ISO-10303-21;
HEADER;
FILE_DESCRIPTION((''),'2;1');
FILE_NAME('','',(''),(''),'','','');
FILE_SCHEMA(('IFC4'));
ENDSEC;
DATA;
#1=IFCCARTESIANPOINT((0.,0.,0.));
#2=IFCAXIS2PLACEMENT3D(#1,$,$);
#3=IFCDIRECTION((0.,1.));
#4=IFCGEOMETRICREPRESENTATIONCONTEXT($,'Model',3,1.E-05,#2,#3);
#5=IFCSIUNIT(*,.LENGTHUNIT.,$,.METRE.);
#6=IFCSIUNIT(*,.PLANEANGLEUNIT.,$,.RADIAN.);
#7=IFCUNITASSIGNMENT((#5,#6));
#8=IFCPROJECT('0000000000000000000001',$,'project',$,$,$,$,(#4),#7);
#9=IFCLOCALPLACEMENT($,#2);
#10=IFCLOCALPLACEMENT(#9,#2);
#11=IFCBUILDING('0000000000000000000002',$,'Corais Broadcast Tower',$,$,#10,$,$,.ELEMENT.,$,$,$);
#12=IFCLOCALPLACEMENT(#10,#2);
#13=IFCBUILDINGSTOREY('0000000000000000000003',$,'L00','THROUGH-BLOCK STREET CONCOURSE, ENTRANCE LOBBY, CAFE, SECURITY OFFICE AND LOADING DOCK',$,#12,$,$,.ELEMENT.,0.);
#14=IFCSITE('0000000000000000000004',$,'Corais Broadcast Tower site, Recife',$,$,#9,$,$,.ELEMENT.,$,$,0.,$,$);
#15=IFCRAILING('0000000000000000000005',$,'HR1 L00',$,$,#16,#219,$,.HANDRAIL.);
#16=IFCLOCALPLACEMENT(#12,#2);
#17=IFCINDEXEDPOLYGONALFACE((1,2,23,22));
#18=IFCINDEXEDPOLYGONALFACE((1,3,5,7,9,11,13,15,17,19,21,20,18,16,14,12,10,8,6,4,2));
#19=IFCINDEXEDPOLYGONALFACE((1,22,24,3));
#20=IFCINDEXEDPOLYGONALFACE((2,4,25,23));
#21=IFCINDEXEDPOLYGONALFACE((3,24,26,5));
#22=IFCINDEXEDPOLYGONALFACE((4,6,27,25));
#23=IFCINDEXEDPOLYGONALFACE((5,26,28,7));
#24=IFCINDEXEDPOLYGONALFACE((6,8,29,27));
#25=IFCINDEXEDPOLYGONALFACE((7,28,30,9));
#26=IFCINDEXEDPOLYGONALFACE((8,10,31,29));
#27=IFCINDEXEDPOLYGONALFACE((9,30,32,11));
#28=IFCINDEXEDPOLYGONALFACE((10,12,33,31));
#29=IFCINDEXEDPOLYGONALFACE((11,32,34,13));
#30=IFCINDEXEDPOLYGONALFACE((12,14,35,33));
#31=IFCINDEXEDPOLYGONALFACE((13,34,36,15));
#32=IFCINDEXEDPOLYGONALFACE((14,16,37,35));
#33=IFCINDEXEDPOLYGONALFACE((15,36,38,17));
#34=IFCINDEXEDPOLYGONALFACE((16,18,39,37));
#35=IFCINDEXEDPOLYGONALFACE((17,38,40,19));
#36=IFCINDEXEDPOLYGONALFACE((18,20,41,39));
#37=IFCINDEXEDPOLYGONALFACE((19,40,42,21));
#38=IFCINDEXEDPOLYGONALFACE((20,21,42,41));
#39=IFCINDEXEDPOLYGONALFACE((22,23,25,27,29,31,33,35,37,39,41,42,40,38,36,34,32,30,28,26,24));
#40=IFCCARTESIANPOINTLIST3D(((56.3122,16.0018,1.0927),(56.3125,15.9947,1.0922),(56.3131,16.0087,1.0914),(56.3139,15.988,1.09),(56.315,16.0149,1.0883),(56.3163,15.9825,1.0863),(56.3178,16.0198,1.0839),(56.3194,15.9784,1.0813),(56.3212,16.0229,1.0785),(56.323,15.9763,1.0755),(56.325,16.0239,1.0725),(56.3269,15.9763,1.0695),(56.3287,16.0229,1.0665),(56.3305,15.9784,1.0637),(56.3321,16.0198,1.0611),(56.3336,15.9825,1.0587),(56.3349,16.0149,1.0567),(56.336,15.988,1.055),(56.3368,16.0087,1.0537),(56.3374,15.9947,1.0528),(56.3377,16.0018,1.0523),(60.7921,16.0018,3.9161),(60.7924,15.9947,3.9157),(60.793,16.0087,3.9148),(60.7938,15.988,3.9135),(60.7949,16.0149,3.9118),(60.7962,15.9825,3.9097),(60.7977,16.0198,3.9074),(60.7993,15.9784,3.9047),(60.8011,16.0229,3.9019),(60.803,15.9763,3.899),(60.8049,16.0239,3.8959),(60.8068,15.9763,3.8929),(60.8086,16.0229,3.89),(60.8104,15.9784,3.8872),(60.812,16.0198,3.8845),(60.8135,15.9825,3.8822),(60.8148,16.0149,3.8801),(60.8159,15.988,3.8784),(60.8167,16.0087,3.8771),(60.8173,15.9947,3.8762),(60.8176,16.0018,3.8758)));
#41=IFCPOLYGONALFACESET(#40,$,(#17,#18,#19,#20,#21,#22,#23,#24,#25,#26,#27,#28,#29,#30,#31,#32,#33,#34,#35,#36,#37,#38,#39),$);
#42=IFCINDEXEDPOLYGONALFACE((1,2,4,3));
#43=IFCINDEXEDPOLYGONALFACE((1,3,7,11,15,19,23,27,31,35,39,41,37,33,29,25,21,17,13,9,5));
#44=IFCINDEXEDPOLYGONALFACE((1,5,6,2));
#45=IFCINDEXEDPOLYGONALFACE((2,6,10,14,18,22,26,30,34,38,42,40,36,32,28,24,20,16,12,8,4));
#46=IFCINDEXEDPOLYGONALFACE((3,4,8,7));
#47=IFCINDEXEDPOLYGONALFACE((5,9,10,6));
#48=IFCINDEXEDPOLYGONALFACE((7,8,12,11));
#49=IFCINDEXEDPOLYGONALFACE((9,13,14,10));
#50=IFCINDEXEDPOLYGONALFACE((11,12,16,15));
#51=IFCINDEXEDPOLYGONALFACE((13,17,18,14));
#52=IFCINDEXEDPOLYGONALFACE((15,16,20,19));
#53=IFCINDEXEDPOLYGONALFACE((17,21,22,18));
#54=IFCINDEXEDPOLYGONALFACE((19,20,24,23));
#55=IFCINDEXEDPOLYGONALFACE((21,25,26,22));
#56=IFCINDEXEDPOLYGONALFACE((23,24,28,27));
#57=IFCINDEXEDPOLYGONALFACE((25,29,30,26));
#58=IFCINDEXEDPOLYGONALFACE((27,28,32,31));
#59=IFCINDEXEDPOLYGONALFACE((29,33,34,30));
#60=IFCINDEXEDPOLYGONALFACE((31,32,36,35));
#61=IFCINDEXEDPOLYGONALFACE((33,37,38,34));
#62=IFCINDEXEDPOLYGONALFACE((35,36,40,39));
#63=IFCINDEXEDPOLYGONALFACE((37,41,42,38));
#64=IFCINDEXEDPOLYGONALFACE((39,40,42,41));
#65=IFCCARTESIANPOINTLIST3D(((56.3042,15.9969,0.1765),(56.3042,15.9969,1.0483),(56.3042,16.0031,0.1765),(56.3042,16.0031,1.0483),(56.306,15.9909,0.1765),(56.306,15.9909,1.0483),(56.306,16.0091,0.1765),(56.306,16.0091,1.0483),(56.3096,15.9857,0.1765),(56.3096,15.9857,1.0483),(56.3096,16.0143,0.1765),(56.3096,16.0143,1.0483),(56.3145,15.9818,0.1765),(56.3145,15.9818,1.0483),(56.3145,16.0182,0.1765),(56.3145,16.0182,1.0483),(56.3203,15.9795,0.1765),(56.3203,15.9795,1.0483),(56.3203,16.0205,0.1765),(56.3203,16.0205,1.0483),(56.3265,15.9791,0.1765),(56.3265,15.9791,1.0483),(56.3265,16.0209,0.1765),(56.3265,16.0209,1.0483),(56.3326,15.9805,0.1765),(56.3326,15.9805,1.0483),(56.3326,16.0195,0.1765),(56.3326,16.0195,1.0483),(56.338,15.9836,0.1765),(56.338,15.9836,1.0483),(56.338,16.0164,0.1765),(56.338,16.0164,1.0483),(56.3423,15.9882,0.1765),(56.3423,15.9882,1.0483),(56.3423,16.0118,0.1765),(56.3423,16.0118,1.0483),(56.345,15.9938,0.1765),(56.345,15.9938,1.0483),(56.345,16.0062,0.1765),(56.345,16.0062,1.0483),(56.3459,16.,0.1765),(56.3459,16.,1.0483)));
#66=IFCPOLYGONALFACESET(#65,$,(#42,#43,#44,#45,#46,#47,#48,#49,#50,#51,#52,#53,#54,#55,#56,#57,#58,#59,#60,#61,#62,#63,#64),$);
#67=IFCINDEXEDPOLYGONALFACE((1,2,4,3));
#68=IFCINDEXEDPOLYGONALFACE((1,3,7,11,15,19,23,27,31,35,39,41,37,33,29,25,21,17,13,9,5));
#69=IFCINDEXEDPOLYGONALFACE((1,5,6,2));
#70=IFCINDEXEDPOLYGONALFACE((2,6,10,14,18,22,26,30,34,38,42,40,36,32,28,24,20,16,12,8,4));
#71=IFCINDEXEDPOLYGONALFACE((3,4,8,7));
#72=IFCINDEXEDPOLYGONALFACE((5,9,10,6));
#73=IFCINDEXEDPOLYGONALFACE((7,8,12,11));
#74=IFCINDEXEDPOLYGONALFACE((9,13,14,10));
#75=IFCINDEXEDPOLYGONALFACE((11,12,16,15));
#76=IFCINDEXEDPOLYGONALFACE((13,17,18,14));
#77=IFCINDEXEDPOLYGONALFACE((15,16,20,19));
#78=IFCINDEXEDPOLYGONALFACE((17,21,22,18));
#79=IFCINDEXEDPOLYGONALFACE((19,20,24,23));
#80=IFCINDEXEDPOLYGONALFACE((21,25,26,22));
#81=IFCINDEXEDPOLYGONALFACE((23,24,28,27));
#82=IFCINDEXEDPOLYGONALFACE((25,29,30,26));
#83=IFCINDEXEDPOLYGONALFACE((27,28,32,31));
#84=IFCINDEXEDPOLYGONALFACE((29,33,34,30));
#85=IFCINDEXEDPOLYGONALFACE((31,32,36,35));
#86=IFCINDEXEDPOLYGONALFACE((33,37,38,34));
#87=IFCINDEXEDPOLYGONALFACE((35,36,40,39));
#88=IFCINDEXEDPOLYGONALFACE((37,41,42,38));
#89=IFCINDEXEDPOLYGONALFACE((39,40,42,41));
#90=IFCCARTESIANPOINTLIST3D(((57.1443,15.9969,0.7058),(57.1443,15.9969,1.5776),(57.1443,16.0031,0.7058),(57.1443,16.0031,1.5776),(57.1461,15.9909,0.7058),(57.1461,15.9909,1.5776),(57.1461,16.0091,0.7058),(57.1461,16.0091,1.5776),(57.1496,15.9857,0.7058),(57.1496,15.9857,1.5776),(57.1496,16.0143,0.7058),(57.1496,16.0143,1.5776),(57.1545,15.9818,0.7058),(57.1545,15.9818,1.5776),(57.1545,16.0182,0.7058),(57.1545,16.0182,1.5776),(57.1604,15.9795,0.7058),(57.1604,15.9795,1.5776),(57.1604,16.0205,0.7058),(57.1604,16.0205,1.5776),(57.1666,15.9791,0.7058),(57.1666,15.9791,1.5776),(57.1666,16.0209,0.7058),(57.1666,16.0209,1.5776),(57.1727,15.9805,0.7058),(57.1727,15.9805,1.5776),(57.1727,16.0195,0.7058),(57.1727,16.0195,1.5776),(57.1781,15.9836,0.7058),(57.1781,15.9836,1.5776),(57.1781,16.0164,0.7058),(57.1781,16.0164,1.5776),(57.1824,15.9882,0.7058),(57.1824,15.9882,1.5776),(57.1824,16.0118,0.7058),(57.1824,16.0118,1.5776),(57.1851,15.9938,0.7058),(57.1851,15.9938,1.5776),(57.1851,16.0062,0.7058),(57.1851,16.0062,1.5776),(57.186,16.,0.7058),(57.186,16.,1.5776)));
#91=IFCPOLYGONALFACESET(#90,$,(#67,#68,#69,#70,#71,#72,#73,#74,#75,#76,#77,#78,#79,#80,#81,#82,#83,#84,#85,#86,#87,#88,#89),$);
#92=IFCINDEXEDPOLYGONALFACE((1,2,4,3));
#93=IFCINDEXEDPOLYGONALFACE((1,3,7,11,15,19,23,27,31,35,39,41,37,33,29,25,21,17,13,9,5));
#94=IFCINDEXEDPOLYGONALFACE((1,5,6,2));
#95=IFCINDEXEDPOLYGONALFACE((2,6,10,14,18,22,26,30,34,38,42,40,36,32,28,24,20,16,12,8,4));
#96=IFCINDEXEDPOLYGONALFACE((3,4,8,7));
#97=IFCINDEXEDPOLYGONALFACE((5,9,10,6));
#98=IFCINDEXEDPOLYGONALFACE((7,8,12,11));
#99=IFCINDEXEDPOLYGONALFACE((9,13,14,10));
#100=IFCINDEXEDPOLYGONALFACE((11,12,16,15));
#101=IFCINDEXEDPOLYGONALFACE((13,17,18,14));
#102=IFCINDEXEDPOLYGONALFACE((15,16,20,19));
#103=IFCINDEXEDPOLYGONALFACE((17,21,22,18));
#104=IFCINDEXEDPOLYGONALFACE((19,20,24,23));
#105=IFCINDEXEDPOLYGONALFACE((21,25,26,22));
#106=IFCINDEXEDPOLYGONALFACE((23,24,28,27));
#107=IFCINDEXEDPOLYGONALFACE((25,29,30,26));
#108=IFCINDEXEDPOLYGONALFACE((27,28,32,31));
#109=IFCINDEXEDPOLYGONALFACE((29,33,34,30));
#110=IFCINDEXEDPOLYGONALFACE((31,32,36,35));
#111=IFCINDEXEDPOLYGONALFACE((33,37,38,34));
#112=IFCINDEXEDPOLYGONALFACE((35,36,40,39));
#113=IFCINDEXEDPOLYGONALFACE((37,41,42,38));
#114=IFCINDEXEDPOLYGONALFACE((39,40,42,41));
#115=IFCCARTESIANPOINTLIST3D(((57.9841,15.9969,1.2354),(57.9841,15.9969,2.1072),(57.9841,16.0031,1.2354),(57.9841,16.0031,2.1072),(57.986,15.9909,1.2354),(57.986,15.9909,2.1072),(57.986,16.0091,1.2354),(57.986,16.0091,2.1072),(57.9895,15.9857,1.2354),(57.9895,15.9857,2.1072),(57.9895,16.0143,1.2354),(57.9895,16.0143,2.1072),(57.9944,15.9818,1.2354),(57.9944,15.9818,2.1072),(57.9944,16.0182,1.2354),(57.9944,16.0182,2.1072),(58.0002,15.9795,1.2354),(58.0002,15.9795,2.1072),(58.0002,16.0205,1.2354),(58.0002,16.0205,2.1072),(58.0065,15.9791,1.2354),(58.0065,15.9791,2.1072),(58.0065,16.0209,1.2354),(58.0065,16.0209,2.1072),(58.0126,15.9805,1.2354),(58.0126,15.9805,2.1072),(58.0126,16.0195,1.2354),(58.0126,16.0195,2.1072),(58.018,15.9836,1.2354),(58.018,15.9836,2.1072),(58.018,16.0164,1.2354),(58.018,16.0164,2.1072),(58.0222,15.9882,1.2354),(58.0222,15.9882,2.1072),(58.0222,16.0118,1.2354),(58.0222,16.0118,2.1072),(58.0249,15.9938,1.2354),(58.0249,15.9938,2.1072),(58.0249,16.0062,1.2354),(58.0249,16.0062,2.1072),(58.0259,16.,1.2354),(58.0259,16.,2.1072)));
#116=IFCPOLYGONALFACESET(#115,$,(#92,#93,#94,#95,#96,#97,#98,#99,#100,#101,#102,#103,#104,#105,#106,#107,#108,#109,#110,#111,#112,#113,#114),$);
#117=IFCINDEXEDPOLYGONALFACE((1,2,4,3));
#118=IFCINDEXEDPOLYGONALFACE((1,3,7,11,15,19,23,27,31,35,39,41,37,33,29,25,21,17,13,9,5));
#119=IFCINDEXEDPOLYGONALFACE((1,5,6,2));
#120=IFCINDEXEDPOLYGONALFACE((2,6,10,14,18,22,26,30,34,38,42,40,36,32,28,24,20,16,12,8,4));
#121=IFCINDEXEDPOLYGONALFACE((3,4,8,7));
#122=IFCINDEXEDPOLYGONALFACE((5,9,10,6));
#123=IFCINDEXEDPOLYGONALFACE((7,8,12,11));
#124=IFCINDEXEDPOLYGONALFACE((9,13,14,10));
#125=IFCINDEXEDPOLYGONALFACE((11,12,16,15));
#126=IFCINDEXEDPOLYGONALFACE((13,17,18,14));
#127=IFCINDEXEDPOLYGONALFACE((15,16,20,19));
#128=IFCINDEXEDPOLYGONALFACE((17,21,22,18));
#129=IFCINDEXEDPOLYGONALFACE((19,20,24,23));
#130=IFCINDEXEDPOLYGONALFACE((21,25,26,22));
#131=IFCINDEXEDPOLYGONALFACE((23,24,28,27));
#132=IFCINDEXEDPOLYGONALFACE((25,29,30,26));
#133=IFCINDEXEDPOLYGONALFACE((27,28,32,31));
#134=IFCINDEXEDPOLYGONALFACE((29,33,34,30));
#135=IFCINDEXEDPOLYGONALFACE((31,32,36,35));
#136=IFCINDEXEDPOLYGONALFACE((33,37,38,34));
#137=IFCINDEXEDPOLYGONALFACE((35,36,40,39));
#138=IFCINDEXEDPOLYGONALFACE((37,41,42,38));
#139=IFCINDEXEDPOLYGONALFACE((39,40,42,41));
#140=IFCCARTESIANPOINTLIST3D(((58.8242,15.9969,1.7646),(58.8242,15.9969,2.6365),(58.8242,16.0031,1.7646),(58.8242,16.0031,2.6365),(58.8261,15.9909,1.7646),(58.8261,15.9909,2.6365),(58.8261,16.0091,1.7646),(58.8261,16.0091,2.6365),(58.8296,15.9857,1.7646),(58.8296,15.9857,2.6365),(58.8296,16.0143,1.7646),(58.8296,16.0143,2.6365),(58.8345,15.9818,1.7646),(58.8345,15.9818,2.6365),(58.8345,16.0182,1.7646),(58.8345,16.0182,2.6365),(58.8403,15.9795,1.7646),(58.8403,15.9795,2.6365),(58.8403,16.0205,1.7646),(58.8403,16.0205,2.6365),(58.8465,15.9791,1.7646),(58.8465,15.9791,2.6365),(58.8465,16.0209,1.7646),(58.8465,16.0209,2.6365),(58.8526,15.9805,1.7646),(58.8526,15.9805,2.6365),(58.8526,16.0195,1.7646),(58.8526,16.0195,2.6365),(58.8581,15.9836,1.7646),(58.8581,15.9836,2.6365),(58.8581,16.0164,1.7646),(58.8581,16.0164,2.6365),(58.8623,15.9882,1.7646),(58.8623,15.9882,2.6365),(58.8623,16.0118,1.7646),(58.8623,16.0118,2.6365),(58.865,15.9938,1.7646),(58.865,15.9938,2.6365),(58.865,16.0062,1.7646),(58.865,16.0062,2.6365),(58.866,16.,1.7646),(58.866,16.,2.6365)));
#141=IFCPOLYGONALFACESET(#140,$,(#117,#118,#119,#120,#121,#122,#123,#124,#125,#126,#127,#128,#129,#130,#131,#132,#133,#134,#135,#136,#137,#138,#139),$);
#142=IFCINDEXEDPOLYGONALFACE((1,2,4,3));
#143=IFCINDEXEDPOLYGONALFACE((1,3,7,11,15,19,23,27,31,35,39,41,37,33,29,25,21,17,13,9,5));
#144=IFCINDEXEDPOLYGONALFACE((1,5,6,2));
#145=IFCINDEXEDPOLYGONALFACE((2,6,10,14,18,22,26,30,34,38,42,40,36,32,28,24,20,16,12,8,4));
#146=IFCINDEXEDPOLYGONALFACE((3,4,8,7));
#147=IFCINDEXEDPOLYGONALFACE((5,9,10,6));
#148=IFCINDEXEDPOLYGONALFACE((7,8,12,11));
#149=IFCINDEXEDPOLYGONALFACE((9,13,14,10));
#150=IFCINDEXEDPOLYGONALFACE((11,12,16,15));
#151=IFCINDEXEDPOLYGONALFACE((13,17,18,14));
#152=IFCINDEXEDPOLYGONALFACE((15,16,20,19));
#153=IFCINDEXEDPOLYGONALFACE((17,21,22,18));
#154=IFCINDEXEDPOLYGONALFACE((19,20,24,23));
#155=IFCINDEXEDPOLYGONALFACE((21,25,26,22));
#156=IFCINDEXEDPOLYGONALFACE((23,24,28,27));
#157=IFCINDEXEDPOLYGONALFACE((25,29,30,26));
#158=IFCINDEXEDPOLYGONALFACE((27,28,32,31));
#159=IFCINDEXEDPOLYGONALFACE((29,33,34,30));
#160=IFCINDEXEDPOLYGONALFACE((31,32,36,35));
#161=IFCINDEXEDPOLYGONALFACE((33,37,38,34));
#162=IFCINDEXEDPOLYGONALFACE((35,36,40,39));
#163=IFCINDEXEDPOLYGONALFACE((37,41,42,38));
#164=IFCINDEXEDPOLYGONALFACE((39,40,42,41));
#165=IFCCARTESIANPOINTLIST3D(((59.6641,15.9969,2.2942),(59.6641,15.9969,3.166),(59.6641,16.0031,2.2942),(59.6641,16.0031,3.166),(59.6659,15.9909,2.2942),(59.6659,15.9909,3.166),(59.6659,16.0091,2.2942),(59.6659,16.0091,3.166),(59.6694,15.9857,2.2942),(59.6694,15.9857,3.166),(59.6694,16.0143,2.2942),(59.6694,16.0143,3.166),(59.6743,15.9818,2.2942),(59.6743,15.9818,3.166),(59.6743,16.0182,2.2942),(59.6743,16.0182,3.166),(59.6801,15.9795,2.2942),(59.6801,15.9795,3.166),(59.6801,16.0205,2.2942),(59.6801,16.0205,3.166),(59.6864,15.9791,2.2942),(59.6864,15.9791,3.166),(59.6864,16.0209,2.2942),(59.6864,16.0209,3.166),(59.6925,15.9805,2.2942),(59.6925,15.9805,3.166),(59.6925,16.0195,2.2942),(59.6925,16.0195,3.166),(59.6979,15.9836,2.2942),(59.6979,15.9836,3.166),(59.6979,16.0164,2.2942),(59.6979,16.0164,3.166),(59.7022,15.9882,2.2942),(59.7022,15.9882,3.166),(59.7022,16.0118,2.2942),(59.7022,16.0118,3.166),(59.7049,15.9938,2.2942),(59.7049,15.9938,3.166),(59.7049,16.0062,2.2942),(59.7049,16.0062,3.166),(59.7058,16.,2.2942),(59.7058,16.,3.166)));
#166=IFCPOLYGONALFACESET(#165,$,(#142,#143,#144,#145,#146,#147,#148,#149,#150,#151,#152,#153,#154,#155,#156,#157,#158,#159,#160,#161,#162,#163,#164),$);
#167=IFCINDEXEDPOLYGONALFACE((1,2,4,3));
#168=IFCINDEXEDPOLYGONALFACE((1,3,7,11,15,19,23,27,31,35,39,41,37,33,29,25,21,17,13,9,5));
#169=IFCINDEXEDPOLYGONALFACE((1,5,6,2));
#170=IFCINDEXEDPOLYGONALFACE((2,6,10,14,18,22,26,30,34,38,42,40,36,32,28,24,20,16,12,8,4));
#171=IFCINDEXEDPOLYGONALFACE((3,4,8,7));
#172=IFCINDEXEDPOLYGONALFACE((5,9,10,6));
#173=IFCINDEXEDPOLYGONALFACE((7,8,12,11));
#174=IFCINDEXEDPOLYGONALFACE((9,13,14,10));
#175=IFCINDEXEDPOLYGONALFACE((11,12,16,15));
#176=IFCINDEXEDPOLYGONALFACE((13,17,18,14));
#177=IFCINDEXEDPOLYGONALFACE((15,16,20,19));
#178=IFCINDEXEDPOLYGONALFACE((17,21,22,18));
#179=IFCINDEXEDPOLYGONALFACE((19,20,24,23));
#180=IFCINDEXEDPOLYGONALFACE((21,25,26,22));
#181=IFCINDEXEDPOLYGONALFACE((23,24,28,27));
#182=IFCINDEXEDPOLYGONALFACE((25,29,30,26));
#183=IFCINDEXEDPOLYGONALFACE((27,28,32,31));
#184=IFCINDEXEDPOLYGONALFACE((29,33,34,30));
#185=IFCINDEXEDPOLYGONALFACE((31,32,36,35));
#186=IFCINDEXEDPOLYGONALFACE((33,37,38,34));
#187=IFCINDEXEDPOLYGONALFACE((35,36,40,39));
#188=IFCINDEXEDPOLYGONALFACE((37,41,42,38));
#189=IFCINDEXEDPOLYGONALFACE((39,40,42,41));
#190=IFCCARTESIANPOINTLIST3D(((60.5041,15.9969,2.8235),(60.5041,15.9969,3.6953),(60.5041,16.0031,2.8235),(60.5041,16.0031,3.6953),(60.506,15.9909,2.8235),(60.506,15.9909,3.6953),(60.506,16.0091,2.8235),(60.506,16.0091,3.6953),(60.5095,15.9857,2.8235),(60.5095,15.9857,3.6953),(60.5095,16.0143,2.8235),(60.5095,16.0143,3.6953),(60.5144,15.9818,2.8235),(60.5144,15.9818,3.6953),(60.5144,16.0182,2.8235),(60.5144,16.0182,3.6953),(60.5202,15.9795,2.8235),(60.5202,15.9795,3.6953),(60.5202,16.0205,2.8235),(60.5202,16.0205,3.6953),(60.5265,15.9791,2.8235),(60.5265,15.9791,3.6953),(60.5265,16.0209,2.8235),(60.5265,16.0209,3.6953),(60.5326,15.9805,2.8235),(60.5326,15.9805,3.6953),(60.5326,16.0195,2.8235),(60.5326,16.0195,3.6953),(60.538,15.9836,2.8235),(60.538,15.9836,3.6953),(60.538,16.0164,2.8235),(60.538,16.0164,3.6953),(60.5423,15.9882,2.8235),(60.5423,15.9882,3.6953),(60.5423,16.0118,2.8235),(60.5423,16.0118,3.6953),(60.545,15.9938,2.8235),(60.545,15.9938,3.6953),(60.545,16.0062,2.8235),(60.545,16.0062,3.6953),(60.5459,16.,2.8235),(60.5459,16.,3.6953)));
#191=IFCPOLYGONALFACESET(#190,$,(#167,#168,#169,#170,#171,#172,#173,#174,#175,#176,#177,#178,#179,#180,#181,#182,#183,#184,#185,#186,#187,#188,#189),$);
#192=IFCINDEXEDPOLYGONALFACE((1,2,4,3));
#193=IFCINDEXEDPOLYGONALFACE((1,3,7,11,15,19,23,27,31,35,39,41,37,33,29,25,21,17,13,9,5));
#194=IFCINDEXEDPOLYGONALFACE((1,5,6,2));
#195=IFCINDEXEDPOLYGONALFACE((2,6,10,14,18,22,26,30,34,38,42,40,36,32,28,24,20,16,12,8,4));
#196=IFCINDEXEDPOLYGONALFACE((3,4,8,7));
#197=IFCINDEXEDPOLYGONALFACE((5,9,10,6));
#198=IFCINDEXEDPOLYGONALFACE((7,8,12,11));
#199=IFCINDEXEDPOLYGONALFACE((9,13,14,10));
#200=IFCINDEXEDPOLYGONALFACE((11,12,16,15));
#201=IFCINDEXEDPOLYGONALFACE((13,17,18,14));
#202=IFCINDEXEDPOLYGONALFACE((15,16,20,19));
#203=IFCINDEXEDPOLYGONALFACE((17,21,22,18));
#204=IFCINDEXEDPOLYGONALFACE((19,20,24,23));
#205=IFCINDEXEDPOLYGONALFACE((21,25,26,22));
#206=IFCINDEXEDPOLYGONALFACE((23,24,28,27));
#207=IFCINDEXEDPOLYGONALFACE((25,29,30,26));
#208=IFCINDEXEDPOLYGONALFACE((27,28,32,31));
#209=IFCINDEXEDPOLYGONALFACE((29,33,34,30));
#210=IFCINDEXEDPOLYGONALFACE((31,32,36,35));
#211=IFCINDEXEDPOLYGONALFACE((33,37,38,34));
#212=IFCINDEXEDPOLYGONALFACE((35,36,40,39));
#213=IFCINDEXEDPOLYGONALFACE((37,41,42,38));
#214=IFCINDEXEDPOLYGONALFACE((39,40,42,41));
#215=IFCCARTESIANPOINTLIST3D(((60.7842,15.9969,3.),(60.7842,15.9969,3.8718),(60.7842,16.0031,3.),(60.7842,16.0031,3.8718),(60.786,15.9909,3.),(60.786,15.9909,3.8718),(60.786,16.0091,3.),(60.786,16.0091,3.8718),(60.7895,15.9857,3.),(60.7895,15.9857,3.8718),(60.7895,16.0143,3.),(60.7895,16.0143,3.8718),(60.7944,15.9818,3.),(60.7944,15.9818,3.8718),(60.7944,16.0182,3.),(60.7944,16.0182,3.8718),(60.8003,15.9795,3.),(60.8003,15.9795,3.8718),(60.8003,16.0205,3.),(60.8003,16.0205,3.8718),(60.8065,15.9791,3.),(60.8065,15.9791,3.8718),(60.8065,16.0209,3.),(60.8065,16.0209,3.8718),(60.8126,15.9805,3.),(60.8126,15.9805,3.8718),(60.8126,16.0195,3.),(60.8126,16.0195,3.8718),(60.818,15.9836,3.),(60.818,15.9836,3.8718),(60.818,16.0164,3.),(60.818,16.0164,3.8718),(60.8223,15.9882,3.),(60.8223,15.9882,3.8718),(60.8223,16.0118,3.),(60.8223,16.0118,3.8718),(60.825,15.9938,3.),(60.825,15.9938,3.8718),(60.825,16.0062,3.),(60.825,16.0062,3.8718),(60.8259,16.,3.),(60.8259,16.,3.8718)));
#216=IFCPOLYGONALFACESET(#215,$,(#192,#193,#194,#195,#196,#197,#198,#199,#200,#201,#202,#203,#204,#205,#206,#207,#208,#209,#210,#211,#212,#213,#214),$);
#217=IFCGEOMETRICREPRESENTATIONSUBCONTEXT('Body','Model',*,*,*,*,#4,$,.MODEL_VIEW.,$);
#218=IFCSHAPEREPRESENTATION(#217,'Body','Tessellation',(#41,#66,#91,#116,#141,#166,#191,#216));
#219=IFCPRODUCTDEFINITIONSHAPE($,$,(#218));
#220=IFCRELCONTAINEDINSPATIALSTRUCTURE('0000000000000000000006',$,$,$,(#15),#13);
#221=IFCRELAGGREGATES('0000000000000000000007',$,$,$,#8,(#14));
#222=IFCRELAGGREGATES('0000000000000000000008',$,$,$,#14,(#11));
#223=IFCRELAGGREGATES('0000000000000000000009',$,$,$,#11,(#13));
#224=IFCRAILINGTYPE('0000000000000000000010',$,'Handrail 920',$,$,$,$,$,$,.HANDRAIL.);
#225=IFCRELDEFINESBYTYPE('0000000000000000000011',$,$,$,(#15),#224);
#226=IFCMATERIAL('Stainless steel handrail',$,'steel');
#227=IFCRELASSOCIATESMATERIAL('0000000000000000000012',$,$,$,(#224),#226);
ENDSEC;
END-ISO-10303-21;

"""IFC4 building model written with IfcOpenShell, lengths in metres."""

from ifc_helpers import new_model, si_unit, direction, frame, origin, origin_2d, place, context, subcontext, project, spatial, circle, extrude, material, type_object, element, save


model = new_model("IFC4")

# Units and contexts
model_context = context("Model", 3, precision=1e-05, world=origin(), true_north=direction((0.0, 1.0)))
body_context = subcontext(model_context, "Body", "Model", "MODEL_VIEW")
ifc_project = project(units=[si_unit("LENGTHUNIT", "METRE"), si_unit("PLANEANGLEUNIT", "RADIAN")], contexts=[model_context])

# Site, building, storey
site_placement = place(None, origin())
site = spatial("IfcSite", under=ifc_project, at=site_placement, Name="Corais Broadcast Tower site, Recife", CompositionType="ELEMENT", RefElevation=0.0)
building_placement = place(site_placement, origin())
building = spatial("IfcBuilding", under=site, at=building_placement, Name="Corais Broadcast Tower", CompositionType="ELEMENT")
storey_placement = place(building_placement, origin())
storey = spatial("IfcBuildingStorey", under=building, at=storey_placement, Name="L00", Description="THROUGH-BLOCK STREET CONCOURSE, ENTRANCE LOBBY, CAFE, SECURITY OFFICE AND LOADING DOCK", CompositionType="ELEMENT", Elevation=0.0)

# Railing
ifc_material_1 = material(Name="Stainless steel handrail", Category="steel")
railing_type = type_object("IfcRailingType", Name="Handrail 920", PredefinedType="HANDRAIL", material=ifc_material_1)
for number, where, name in (
    (1, (56.325, 16.0, 0.1765), "HR1 L00"),
):
    element("IfcRailing", number, at=place(storey_placement, frame(where)), inside=storey, type_object=railing_type, Name=name, PredefinedType="HANDRAIL", context=body_context, shape_type="SweptSolid", body=[
        extrude(circle(Radius=0.0239, at=origin_2d()), frame((0.0, 0.0, 0.896), z_axis=(0.845998, 0.0, 0.533186), x_axis=(0.0, 1.0, 0.0)), (0.0, 0.0, 1.0), 5.2954),
        extrude(circle(Radius=0.021, at=origin_2d()), origin(), (0.0, 0.0, 1.0), 0.8718),
        extrude(circle(Radius=0.021, at=origin_2d()), frame((0.8401, 0.0, 0.5293)), (0.0, 0.0, 1.0), 0.8718),
        extrude(circle(Radius=0.021, at=origin_2d()), frame((1.6799, 0.0, 1.0588)), (0.0, 0.0, 1.0), 0.8718),
        extrude(circle(Radius=0.021, at=origin_2d()), frame((2.52, 0.0, 1.5881)), (0.0, 0.0, 1.0), 0.8718),
        extrude(circle(Radius=0.021, at=origin_2d()), frame((3.3599, 0.0, 2.1177)), (0.0, 0.0, 1.0), 0.8718),
        extrude(circle(Radius=0.021, at=origin_2d()), frame((4.2, 0.0, 2.647)), (0.0, 0.0, 1.0), 0.8718),
        extrude(circle(Radius=0.021, at=origin_2d()), frame((4.48, 0.0, 2.8235)), (0.0, 0.0, 1.0), 0.8718),
    ])

save(model, "model.ifc")
